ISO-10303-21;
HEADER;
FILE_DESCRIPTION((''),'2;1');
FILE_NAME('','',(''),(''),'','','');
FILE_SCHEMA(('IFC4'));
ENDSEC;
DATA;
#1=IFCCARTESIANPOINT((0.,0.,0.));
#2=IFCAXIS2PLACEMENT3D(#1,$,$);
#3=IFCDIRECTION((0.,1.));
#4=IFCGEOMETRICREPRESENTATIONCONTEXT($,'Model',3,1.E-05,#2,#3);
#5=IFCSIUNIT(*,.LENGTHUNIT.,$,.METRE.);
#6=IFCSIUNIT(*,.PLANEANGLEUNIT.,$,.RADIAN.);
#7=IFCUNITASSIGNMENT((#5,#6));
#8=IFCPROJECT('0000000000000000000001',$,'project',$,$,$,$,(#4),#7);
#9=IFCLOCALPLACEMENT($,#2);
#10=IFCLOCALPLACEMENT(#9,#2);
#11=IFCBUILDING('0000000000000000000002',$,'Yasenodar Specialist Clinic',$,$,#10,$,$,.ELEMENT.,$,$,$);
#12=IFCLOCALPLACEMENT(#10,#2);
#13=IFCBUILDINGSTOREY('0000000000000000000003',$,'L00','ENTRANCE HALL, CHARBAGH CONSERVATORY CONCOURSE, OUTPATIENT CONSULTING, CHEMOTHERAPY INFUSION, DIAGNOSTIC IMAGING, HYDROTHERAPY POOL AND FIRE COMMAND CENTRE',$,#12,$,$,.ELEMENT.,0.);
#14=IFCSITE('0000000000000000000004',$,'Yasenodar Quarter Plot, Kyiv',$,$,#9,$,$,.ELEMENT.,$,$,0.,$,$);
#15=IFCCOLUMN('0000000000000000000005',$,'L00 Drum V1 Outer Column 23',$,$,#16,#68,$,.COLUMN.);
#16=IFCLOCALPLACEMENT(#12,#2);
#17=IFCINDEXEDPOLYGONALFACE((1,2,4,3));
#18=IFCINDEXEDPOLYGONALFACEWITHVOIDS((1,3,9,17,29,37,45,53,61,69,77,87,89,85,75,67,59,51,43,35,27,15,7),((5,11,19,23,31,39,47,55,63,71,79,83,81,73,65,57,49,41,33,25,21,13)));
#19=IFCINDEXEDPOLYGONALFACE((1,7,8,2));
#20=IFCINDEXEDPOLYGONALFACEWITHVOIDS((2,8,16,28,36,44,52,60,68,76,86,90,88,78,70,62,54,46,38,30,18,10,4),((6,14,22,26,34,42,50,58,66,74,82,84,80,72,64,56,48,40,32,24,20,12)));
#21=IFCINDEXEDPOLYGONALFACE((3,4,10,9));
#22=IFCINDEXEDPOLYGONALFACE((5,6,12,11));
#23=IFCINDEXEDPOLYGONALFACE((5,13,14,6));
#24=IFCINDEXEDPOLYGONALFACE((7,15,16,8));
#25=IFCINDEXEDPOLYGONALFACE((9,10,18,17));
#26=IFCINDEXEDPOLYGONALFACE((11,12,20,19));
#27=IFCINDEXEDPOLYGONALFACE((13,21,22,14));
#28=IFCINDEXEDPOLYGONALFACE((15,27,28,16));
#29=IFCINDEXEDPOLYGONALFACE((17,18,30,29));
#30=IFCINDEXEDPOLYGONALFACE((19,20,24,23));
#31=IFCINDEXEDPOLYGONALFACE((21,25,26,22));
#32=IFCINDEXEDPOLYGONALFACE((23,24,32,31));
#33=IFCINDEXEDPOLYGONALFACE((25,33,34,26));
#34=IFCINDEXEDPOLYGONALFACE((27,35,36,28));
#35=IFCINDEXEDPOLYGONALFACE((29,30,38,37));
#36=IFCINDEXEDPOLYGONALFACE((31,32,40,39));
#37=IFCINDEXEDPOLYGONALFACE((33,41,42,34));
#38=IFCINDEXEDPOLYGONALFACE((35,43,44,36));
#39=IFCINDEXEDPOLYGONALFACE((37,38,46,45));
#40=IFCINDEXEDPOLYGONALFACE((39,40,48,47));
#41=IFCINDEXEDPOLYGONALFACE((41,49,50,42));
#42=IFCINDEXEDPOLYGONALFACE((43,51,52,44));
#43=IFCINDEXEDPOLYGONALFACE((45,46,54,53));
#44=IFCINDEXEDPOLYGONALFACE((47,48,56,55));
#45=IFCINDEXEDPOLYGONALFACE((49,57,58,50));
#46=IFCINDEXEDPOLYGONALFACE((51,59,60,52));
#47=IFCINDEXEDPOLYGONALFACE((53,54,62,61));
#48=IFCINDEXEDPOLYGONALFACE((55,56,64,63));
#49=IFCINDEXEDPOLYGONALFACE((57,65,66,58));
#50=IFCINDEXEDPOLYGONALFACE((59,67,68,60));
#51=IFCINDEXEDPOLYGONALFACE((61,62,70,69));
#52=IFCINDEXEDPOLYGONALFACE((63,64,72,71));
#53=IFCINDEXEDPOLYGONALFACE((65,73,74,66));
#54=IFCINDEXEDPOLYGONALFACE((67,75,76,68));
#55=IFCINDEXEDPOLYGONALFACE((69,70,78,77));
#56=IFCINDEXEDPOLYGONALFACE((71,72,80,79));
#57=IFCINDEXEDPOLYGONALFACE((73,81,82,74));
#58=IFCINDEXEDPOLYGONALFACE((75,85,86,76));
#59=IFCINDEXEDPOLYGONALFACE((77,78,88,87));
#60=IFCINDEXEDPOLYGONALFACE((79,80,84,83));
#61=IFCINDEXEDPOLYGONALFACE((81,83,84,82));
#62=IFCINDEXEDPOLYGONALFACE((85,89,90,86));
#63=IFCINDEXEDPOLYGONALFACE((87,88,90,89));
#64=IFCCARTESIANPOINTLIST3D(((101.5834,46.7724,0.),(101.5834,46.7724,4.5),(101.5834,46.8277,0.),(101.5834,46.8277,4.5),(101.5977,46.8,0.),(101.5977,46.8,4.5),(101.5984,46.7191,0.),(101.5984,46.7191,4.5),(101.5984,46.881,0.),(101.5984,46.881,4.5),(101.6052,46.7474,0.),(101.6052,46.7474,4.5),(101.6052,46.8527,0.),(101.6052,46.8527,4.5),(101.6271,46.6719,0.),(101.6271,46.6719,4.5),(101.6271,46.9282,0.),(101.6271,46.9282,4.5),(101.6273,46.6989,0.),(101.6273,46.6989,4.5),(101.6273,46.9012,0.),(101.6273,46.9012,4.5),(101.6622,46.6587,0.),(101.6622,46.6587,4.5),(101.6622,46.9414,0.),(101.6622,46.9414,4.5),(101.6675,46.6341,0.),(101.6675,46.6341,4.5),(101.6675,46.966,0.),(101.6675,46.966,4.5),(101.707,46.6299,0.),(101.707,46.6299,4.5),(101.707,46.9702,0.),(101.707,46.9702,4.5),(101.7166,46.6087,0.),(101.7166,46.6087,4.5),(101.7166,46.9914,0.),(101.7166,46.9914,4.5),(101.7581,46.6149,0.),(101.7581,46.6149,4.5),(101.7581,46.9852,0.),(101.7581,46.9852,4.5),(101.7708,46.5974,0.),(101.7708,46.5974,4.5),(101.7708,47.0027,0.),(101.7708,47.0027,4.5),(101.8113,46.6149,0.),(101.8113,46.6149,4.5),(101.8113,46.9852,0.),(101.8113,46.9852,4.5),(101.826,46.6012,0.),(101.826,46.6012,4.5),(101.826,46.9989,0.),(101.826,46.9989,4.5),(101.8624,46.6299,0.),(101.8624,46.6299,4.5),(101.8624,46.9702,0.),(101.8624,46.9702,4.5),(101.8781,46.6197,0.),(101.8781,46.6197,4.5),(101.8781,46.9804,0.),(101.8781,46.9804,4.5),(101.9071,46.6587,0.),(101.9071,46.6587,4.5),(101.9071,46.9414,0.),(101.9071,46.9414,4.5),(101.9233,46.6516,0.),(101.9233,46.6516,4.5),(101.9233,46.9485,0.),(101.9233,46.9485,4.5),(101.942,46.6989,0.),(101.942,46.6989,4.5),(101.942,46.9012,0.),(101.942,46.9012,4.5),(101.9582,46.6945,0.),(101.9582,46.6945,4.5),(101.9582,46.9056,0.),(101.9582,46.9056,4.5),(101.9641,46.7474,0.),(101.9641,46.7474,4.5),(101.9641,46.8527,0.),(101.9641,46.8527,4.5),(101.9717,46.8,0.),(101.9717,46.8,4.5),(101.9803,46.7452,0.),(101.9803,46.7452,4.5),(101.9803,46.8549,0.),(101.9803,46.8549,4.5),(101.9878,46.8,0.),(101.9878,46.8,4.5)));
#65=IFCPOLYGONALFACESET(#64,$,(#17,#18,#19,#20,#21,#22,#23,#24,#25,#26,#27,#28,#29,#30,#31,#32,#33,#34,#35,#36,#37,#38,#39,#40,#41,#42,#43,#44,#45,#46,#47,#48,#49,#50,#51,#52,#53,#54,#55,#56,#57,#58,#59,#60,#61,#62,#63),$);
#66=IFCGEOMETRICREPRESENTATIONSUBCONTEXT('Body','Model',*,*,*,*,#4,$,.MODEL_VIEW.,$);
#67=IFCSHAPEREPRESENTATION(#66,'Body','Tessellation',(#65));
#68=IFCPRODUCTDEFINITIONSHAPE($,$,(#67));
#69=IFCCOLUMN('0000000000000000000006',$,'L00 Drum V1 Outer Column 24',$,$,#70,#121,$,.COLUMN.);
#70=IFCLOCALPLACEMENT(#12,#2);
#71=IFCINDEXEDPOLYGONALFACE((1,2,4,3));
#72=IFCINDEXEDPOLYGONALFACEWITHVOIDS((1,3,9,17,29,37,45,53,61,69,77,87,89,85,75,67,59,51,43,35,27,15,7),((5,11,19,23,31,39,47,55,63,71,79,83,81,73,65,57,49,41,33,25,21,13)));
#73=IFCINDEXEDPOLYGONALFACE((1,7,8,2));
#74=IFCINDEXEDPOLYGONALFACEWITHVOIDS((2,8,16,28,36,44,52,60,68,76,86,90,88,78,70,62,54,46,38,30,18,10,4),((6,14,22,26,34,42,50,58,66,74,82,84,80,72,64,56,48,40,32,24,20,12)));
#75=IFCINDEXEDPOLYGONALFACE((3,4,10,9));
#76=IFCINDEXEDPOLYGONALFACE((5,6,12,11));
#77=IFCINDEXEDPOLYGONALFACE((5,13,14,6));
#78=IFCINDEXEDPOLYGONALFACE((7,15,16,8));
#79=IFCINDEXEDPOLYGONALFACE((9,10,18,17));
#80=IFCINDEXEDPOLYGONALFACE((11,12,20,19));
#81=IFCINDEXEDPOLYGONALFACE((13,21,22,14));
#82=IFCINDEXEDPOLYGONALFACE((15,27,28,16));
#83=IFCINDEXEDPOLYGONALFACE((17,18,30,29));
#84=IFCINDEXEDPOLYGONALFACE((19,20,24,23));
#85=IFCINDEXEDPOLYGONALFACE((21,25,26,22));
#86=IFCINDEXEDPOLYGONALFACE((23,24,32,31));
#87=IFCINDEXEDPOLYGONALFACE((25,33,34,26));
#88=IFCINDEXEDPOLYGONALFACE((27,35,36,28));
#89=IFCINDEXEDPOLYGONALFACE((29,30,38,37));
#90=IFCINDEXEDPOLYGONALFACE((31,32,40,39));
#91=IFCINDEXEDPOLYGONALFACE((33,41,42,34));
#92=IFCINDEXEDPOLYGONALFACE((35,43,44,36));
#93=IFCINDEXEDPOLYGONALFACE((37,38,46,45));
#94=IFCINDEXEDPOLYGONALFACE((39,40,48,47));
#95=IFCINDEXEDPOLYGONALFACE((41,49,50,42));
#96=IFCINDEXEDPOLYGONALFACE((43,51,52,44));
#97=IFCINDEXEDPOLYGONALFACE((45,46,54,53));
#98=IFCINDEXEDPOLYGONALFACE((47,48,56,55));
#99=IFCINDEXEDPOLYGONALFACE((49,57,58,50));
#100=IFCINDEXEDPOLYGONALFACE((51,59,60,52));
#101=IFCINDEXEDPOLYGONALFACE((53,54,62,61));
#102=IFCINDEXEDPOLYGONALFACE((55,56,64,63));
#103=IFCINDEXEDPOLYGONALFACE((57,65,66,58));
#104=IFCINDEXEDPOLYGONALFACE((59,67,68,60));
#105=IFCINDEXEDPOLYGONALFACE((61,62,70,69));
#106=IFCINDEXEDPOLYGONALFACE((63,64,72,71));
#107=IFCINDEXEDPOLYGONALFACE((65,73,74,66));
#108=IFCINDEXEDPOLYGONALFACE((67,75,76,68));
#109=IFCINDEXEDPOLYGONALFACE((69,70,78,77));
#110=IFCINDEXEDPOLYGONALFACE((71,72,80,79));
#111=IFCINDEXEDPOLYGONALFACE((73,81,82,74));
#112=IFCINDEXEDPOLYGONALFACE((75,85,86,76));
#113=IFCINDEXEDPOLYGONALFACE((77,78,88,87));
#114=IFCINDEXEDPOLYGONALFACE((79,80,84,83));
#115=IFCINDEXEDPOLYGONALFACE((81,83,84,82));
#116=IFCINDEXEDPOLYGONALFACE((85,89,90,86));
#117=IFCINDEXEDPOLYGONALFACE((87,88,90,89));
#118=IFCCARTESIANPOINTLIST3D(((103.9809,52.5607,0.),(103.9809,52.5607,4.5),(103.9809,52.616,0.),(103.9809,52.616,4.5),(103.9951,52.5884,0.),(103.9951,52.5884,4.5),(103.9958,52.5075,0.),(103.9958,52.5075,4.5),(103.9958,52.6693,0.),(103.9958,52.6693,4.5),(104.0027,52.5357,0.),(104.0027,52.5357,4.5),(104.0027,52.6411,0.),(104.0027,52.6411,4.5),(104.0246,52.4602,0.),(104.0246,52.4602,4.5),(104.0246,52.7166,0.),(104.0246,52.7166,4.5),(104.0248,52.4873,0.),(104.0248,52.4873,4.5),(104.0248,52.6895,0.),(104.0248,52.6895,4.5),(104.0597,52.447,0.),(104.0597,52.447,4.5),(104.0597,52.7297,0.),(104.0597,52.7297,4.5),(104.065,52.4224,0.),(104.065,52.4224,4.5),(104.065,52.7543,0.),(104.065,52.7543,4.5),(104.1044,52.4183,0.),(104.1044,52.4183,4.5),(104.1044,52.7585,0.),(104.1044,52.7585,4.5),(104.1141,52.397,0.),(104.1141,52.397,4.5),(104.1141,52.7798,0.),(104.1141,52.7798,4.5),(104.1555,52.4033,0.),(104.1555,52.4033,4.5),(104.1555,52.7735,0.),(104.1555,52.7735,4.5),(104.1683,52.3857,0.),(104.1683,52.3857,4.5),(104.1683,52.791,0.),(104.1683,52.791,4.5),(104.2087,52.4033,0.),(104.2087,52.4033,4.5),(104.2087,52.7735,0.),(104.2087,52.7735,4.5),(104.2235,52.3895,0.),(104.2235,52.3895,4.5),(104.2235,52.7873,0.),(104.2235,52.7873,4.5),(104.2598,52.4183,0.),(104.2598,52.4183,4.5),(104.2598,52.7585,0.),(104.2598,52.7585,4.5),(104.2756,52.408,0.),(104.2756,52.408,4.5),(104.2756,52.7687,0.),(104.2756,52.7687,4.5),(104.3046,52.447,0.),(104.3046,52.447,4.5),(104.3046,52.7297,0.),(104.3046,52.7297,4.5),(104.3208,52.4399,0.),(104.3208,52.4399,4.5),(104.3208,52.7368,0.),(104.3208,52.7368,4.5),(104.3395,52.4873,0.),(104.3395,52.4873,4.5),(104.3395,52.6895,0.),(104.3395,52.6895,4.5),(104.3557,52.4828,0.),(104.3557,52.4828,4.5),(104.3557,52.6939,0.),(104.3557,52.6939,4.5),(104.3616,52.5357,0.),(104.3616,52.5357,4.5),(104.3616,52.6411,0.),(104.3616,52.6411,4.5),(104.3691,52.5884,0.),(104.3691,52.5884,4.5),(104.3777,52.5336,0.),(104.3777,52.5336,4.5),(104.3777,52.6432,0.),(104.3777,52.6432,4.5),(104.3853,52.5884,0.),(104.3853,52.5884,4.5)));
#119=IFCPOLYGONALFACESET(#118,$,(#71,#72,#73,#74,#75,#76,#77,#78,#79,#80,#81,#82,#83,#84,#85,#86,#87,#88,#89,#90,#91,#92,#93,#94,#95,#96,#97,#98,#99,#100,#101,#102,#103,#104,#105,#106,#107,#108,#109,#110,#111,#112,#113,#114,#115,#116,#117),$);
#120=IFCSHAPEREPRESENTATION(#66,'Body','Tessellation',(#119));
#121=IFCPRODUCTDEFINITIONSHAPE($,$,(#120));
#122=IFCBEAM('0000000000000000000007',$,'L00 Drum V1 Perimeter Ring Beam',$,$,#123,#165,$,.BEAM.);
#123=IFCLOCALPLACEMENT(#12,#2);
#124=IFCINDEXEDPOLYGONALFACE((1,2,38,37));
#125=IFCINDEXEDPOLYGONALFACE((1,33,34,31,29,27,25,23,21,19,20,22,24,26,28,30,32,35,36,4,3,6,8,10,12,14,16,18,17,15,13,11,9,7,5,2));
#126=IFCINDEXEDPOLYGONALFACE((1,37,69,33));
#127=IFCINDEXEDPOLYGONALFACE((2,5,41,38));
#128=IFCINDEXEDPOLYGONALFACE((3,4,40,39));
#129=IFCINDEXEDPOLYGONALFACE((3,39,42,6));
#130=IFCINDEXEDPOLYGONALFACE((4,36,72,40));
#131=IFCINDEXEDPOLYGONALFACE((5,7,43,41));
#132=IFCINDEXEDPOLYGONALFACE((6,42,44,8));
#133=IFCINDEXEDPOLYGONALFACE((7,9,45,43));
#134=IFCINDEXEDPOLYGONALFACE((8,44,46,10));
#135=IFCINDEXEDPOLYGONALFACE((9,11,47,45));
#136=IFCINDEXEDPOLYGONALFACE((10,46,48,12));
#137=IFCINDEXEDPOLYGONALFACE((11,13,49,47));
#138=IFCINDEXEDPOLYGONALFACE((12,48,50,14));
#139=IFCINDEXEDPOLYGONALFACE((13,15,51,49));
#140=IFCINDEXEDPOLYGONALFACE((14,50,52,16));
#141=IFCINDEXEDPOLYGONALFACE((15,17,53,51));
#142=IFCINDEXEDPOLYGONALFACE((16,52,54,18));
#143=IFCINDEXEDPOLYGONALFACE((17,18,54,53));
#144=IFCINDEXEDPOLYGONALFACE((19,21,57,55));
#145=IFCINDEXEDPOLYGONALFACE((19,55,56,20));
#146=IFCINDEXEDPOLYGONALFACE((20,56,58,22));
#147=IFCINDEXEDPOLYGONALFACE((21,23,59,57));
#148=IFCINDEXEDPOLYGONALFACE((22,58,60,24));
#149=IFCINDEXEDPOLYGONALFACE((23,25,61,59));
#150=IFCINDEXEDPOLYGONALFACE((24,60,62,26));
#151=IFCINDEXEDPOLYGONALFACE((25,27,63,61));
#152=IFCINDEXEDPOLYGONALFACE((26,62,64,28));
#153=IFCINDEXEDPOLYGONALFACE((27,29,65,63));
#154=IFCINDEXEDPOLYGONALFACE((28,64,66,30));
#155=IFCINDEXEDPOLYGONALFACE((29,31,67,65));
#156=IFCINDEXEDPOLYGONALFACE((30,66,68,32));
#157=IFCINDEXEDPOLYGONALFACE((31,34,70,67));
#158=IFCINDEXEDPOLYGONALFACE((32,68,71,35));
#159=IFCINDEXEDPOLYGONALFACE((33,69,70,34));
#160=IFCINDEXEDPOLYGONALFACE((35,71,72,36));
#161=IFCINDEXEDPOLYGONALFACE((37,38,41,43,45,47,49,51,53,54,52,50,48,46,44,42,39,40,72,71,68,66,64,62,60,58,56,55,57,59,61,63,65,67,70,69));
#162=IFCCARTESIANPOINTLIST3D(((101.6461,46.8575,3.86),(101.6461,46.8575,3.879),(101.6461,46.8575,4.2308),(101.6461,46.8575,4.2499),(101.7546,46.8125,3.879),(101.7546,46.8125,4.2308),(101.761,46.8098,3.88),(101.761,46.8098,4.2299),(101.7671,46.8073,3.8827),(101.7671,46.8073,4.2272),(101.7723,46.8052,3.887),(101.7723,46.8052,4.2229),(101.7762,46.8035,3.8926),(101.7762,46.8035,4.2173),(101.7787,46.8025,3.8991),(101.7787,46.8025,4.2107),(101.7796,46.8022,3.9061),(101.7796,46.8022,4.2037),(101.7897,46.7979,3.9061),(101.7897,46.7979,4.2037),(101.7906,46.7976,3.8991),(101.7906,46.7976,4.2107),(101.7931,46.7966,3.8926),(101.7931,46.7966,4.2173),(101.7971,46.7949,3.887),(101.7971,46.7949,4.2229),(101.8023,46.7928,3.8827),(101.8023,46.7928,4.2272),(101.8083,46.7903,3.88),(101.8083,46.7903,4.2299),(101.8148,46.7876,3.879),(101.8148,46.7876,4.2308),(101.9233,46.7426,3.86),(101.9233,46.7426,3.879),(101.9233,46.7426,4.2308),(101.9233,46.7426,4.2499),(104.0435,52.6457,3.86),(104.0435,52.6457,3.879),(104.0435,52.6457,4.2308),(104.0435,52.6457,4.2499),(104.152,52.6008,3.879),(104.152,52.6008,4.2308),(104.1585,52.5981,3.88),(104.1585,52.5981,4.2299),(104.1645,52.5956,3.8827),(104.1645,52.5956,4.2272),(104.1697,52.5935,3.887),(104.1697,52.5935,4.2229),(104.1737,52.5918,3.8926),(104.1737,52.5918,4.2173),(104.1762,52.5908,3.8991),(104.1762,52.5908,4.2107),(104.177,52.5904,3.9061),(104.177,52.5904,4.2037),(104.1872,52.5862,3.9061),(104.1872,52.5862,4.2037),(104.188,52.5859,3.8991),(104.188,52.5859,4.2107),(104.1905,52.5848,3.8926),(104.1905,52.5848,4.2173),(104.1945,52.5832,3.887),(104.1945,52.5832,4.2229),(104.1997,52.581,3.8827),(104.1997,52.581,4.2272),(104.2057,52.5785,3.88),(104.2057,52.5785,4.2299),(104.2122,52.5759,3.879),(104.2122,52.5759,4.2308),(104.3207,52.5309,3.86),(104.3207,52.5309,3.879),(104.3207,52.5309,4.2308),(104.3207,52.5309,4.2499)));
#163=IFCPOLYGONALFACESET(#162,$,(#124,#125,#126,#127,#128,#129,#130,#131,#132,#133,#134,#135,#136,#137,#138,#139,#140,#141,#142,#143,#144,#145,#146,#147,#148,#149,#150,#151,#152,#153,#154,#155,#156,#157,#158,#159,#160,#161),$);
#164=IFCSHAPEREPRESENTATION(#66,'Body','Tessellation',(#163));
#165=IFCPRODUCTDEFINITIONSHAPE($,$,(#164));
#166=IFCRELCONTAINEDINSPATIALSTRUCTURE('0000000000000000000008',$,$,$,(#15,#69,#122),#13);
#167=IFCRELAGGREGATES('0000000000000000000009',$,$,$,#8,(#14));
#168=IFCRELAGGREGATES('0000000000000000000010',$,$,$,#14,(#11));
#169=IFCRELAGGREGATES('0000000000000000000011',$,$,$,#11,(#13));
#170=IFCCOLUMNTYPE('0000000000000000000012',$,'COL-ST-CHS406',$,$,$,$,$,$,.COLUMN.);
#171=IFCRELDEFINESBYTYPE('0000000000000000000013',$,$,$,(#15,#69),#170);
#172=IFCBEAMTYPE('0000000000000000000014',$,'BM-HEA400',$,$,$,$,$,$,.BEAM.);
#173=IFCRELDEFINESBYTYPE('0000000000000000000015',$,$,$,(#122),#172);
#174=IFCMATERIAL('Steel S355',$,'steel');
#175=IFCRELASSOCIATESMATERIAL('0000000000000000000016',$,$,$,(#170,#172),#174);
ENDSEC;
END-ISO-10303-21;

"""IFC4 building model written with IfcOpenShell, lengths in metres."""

from ifc_helpers import new_model, si_unit, direction, frame, origin, origin_2d, place, context, subcontext, project, spatial, hollow_circle, i_section, extrude, material, material_profile, profile_set, type_object, element, save


model = new_model("IFC4")

# Units and contexts
model_context = context("Model", 3, precision=1e-05, world=origin(), true_north=direction((0.0, 1.0)))
body_context = subcontext(model_context, "Body", "Model", "MODEL_VIEW")
ifc_project = project(units=[si_unit("LENGTHUNIT", "METRE"), si_unit("PLANEANGLEUNIT", "RADIAN")], contexts=[model_context])

# Site, building, storey
site_placement = place(None, origin())
site = spatial("IfcSite", under=ifc_project, at=site_placement, Name="Yasenodar Quarter Plot, Kyiv", CompositionType="ELEMENT", RefElevation=0.0)
building_placement = place(site_placement, origin())
building = spatial("IfcBuilding", under=site, at=building_placement, Name="Yasenodar Specialist Clinic", CompositionType="ELEMENT")
storey_placement = place(building_placement, origin())
storey = spatial("IfcBuildingStorey", under=building, at=storey_placement, Name="L00", Description="ENTRANCE HALL, CHARBAGH CONSERVATORY CONCOURSE, OUTPATIENT CONSULTING, CHEMOTHERAPY INFUSION, DIAGNOSTIC IMAGING, HYDROTHERAPY POOL AND FIRE COMMAND CENTRE", CompositionType="ELEMENT", Elevation=0.0)

# Columns
ifc_material_1 = material(Name="Steel S355", Category="steel")
ifc_material_profile_1 = material_profile(ifc_material_1, hollow_circle(Radius=0.2031, WallThickness=0.0161, at=origin_2d()), Name="CHS 406.4x16")
ifc_profile_set_1 = profile_set([ifc_material_profile_1], Name="Steel S355")
column_type = type_object("IfcColumnType", Name="COL-ST-CHS406", PredefinedType="COLUMN", material=ifc_profile_set_1)
for number, where, z_axis, x_axis, name in (
    (1, (101.7847, 46.8, 0.0), (0.0, 0.0, 1.0), (1.0, 0.0, 0.0), "L00 Drum V1 Outer Column 23"),
    (2, (104.1821, 52.5884, 0.0), (0.0, 0.0, 1.0), (1.0, 0.0, 0.0), "L00 Drum V1 Outer Column 24"),
):
    element("IfcColumn", number, at=place(storey_placement, frame(where, z_axis=z_axis, x_axis=x_axis)), inside=storey, type_object=column_type, Name=name, PredefinedType="COLUMN", context=body_context, shape_type="SweptSolid", body=[
        extrude(hollow_circle(Radius=0.2031, WallThickness=0.0161, at=origin_2d()), origin(), (0.0, 0.0, 1.0), 4.5),
    ])

# Beam
ifc_material_profile_2 = material_profile(ifc_material_1, i_section(OverallWidth=0.3, OverallDepth=0.3899, WebThickness=0.011, FlangeThickness=0.019, FilletRadius=0.0271, at=origin_2d()), Name="HEA 400")
ifc_profile_set_2 = profile_set([ifc_material_profile_2], Name="Steel S355")
beam_type = type_object("IfcBeamType", Name="BM-HEA400", PredefinedType="BEAM", material=ifc_profile_set_2)
beam_1_placement = place(storey_placement, frame((101.7847, 46.8, 4.0549), z_axis=(0.382664, 0.923888, 0.0), x_axis=(-0.923888, 0.382664, 0.0)))
element("IfcBeam", 3, at=beam_1_placement, inside=storey, type_object=beam_type, Name="L00 Drum V1 Perimeter Ring Beam", PredefinedType="BEAM", context=body_context, shape_type="SweptSolid", body=[
    extrude(i_section(OverallWidth=0.3, OverallDepth=0.3899, WebThickness=0.011, FlangeThickness=0.019, FilletRadius=0.0271, at=origin_2d()), origin(), (0.0, 0.0, 1.0), 6.2651),
])

save(model, "model.ifc")
